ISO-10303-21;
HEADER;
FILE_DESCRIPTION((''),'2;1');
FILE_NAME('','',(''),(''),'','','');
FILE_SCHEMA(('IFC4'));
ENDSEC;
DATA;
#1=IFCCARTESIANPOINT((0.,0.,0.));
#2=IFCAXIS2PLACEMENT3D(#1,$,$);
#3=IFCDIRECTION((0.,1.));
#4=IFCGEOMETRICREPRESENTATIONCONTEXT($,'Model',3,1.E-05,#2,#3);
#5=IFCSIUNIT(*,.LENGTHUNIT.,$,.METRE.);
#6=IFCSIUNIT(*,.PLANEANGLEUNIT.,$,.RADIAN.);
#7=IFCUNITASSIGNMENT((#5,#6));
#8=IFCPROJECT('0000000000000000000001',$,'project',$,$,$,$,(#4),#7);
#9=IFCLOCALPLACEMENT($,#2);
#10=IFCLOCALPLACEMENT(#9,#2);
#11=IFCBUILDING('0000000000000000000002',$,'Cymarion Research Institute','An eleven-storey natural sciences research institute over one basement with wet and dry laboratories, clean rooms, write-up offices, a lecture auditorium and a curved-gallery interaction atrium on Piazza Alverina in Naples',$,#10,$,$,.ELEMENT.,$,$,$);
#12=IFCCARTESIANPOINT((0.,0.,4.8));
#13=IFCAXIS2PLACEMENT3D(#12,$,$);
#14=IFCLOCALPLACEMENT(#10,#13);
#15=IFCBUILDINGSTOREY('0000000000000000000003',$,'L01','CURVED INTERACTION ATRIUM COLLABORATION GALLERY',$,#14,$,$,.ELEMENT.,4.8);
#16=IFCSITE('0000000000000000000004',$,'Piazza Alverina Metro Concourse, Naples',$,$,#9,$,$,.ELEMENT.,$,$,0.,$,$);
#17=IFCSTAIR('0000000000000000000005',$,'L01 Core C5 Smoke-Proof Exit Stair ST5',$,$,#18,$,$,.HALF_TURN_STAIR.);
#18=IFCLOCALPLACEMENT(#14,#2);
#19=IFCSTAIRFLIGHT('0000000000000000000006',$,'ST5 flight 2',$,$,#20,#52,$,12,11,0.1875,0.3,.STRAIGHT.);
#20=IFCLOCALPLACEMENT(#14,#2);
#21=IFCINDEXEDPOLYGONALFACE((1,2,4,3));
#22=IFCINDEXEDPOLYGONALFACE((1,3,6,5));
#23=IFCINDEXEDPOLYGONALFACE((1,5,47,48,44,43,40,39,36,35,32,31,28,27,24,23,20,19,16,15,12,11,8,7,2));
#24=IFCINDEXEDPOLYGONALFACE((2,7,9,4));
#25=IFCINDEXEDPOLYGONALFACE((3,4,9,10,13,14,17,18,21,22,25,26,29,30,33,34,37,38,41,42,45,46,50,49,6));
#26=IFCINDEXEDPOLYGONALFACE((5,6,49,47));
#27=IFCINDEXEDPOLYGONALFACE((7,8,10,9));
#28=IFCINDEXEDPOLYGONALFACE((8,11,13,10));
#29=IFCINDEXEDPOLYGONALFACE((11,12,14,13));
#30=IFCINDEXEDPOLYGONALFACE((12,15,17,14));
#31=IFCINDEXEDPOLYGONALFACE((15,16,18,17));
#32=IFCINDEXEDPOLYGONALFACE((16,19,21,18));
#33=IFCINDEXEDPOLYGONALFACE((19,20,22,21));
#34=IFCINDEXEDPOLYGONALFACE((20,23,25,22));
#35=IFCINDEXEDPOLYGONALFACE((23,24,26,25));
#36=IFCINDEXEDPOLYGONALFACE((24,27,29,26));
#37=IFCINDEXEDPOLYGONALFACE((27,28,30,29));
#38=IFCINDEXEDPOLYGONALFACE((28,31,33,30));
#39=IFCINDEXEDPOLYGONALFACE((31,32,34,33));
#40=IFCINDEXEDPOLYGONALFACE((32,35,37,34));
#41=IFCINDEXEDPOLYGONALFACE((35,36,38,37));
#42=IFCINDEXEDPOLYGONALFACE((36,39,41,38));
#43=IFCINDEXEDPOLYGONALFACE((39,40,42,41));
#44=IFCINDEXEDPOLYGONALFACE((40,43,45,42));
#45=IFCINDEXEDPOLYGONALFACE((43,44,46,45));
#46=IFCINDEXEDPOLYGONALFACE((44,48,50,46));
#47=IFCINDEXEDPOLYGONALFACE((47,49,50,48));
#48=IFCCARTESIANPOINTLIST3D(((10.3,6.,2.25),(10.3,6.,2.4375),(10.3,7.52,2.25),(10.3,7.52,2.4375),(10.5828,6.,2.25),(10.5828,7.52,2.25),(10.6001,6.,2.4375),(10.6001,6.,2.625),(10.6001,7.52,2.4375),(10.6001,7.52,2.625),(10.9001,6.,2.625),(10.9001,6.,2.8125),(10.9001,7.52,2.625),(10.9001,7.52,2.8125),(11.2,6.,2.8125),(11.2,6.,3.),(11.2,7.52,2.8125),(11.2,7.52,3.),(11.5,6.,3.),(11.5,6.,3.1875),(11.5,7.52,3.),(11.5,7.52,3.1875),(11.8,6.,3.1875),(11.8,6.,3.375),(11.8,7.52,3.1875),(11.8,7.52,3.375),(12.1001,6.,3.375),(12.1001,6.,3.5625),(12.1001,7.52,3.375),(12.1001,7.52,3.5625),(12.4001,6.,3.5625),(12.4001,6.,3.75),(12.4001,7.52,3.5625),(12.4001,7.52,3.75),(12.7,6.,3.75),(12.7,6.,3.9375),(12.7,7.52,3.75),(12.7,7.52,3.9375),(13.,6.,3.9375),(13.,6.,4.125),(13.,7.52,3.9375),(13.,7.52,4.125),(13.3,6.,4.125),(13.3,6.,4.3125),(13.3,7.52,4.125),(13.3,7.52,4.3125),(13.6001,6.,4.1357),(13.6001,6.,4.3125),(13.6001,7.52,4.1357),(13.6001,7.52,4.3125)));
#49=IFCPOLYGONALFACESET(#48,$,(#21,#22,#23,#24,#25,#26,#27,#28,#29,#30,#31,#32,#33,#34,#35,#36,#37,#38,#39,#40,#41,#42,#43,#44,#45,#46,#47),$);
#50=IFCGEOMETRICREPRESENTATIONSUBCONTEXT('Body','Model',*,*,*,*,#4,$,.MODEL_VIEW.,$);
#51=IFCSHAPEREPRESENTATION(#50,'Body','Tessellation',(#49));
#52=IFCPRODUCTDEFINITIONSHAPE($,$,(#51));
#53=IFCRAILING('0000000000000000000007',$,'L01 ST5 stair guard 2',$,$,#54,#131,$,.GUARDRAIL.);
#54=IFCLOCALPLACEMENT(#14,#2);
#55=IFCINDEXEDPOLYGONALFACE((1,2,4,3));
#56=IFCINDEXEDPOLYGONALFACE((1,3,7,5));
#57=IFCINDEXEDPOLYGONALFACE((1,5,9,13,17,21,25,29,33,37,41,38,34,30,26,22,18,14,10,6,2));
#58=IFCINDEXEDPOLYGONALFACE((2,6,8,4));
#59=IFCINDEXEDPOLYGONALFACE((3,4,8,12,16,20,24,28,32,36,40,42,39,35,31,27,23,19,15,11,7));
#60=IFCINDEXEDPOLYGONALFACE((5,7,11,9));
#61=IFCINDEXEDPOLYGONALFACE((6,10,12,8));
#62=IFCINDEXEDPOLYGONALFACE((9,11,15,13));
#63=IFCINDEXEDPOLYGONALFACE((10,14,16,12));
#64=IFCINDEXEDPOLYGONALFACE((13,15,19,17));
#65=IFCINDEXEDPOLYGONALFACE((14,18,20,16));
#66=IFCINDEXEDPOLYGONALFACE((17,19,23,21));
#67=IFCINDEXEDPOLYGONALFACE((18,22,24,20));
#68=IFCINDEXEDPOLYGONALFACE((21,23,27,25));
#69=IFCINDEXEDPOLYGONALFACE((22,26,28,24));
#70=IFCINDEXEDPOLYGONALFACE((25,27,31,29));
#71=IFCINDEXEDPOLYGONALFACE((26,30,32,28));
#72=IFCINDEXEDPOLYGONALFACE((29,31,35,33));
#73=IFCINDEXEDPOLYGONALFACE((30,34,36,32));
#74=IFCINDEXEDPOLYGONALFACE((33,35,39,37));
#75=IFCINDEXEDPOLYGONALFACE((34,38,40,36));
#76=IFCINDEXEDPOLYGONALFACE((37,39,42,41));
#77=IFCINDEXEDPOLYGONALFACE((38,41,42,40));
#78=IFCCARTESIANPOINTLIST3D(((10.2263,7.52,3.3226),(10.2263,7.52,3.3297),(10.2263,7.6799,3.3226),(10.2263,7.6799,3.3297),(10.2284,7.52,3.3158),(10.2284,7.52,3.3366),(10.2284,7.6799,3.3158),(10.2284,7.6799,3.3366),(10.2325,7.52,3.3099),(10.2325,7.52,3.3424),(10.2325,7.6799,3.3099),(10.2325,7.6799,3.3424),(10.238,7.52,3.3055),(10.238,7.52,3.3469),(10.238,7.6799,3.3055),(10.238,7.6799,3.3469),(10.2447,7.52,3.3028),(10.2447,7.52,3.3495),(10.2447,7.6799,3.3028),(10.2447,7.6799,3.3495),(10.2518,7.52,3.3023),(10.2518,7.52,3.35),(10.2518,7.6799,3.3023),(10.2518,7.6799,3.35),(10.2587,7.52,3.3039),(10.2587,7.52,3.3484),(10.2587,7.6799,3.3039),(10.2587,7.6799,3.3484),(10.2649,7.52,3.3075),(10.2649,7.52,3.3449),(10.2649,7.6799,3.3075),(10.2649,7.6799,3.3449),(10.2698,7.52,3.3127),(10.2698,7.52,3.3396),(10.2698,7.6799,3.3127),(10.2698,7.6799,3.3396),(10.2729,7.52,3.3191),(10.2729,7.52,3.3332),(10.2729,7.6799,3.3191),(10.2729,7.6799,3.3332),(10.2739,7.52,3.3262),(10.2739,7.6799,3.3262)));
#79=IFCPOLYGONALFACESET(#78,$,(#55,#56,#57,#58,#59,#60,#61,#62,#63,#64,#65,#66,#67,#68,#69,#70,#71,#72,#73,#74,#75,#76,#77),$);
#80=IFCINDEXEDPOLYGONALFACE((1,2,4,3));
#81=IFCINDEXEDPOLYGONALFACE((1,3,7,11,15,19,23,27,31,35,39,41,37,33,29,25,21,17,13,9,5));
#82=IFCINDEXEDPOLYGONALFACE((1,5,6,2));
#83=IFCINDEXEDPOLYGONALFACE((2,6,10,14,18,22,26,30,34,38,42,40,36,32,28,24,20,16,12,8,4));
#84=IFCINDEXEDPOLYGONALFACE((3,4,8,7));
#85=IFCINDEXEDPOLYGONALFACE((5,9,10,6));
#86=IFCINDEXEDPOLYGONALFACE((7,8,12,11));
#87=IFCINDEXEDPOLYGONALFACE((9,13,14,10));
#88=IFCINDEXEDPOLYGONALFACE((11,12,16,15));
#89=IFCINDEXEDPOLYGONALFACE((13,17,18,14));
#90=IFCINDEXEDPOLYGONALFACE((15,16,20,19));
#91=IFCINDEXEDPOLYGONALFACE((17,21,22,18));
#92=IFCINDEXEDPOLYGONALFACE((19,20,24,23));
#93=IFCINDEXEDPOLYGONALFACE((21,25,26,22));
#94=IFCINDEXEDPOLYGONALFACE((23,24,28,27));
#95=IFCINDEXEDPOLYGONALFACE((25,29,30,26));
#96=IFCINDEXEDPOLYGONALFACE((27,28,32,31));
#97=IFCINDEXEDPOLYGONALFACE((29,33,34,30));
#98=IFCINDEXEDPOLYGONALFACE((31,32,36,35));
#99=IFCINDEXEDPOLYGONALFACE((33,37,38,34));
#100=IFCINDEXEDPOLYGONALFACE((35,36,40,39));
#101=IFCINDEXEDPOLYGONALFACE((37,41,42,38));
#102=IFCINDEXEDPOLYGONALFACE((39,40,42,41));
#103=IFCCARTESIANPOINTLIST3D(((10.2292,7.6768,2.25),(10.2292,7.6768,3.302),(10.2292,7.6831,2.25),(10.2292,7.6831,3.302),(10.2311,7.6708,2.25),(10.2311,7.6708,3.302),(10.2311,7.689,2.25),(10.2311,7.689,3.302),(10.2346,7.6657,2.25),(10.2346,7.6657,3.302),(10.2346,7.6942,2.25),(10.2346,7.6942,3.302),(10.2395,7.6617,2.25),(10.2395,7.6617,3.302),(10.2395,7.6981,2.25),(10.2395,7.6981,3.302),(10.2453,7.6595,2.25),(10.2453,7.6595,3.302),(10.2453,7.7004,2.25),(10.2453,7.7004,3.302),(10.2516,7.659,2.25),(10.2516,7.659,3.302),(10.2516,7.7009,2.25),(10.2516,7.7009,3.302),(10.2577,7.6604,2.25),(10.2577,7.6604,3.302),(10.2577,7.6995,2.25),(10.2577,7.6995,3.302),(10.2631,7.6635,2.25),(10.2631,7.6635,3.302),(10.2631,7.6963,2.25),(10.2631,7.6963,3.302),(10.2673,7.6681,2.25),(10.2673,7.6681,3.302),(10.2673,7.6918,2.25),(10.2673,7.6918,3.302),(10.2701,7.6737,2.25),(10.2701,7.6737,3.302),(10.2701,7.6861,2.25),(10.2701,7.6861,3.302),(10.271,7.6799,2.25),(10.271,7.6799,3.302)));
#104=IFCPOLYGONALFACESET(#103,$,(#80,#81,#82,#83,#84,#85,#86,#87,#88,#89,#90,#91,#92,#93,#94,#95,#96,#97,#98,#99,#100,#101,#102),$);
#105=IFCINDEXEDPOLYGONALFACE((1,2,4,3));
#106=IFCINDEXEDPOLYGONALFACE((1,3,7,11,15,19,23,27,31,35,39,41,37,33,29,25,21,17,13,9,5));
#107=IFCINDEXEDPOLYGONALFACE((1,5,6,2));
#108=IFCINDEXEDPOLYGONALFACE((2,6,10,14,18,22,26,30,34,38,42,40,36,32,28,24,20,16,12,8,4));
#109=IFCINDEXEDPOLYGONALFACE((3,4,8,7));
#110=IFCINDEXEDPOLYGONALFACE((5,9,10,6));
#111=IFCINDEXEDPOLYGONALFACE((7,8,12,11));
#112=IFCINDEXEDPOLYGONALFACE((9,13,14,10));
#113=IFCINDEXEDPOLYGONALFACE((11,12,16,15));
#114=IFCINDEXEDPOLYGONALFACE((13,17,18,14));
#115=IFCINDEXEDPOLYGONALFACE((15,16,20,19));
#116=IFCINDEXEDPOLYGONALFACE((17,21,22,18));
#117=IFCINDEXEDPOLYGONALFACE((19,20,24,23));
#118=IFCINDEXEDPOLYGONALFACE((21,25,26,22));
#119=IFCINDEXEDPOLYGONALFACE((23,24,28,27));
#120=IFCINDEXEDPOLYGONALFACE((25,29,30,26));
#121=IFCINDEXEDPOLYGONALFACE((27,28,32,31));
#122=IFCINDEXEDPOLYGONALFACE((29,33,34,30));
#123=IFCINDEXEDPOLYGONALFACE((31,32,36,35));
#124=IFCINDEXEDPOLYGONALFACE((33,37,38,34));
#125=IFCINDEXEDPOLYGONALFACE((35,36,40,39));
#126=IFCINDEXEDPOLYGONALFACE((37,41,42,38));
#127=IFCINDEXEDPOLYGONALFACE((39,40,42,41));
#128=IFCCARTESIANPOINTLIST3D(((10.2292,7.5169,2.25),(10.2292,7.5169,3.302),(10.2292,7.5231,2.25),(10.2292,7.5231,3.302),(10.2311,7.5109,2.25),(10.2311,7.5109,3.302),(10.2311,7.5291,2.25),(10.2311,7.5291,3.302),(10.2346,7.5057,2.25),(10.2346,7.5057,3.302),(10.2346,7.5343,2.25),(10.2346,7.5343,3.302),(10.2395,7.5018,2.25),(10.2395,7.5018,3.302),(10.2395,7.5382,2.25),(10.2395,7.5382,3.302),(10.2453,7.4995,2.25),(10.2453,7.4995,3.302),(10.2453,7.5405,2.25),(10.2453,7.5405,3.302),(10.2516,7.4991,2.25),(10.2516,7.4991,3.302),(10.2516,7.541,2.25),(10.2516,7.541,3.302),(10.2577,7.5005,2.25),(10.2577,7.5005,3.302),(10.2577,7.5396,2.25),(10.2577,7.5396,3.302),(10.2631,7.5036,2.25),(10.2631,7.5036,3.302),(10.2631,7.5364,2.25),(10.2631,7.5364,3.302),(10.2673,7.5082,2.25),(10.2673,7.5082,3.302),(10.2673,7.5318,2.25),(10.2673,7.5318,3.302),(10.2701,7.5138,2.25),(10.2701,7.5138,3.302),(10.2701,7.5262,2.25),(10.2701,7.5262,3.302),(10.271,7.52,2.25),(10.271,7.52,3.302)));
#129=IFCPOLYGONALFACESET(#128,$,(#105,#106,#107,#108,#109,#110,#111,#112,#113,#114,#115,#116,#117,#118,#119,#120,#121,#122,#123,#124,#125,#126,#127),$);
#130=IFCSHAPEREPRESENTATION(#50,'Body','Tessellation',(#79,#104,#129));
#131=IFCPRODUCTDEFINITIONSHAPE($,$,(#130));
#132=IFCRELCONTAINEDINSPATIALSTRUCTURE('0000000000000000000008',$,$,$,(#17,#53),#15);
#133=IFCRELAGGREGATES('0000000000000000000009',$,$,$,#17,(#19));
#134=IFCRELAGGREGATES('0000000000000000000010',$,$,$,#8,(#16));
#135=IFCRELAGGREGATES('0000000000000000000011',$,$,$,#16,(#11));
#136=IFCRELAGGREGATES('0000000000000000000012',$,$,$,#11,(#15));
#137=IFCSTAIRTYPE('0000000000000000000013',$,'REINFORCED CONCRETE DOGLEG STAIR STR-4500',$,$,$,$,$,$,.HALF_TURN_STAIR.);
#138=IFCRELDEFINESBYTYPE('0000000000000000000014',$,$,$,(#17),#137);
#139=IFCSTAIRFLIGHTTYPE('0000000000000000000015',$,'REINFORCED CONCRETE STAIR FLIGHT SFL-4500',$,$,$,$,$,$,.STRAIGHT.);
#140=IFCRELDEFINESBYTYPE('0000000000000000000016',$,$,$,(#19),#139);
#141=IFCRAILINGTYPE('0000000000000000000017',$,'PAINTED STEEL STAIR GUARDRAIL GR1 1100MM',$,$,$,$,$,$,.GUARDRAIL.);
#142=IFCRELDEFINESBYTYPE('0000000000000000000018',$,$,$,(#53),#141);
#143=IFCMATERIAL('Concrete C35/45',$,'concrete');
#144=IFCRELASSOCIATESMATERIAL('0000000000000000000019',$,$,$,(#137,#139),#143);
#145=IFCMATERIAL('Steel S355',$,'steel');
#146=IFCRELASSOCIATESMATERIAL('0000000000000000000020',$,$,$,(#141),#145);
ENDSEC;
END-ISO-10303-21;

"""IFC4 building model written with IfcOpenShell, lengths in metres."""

from ifc_helpers import new_model, si_unit, direction, frame, origin, origin_2d, place, context, subcontext, project, spatial, polyline, circle, outline, extrude, material, type_object, element, aggregate, save


model = new_model("IFC4")

# Units and contexts
model_context = context("Model", 3, precision=1e-05, world=origin(), true_north=direction((0.0, 1.0)))
body_context = subcontext(model_context, "Body", "Model", "MODEL_VIEW")
ifc_project = project(units=[si_unit("LENGTHUNIT", "METRE"), si_unit("PLANEANGLEUNIT", "RADIAN")], contexts=[model_context])

# Site, building, storey
site_placement = place(None, origin())
site = spatial("IfcSite", under=ifc_project, at=site_placement, Name="Piazza Alverina Metro Concourse, Naples", CompositionType="ELEMENT", RefElevation=0.0)
building_placement = place(site_placement, origin())
building = spatial("IfcBuilding", under=site, at=building_placement, Name="Cymarion Research Institute", Description="An eleven-storey natural sciences research institute over one basement with wet and dry laboratories, clean rooms, write-up offices, a lecture auditorium and a curved-gallery interaction atrium on Piazza Alverina in Naples", CompositionType="ELEMENT")
storey_placement = place(building_placement, frame((0.0, 0.0, 4.8)))
storey = spatial("IfcBuildingStorey", under=building, at=storey_placement, Name="L01", Description="CURVED INTERACTION ATRIUM COLLABORATION GALLERY", CompositionType="ELEMENT", Elevation=4.8)

# Shared definitions
ifc_material_1 = material(Name="Steel S355", Category="steel")

# Stair, stair flight
ifc_material_2 = material(Name="Concrete C35/45", Category="concrete")
stair_type = type_object("IfcStairType", Name="REINFORCED CONCRETE DOGLEG STAIR STR-4500", PredefinedType="HALF_TURN_STAIR", material=ifc_material_2)
stair_placement = place(storey_placement, origin())
stair = element("IfcStair", 1, at=stair_placement, inside=storey, type_object=stair_type, Name="L01 Core C5 Smoke-Proof Exit Stair ST5", PredefinedType="HALF_TURN_STAIR")
stair_flight_type = type_object("IfcStairFlightType", Name="REINFORCED CONCRETE STAIR FLIGHT SFL-4500", PredefinedType="STRAIGHT", material=ifc_material_2)
stair_flight_placement = place(storey_placement, frame((10.3, 6.76, 2.25), z_axis=(0.0, 0.0, 1.0), x_axis=(1.0, 0.0, 0.0)))
stair_flight = element("IfcStairFlight", 2, at=stair_flight_placement, type_object=stair_flight_type, Name="ST5 flight 2", NumberOfRisers=12, NumberOfTreads=11, PredefinedType="STRAIGHT", RiserHeight=0.1875, TreadLength=0.3, context=body_context, shape_type="SweptSolid", body=[
    extrude(outline(polyline([(0.0, 0.0), (0.0, 0.1875), (0.3, 0.1875), (0.3, 0.375), (0.6001, 0.375), (0.6001, 0.5625), (0.8999, 0.5625), (0.8999, 0.75), (1.2, 0.75), (1.2, 0.9375), (1.5, 0.9375), (1.5, 1.125), (1.8, 1.125), (1.8, 1.3125), (2.1001, 1.3125), (2.1001, 1.5), (2.3999, 1.5), (2.3999, 1.6875), (2.7, 1.6875), (2.7, 1.875), (3.0, 1.875), (3.0, 2.0625), (3.3, 2.0625), (3.3, 2.25), (3.3, 1.8857), (0.2827, 0.0), (0.0, 0.0)])), frame((0.0, 0.76, 0.0), z_axis=(0.0, -1.0, 0.0), x_axis=(1.0, 0.0, 0.0)), (0.0, 0.0, 1.0), 1.52),
])
aggregate(stair, [stair_flight])

# Railing
railing_type_1 = type_object("IfcRailingType", Name="PAINTED STEEL STAIR GUARDRAIL GR1 1100MM", PredefinedType="GUARDRAIL", material=ifc_material_1)
railing_1_placement = place(storey_placement, frame((10.25, 7.6799, 2.25)))
element("IfcRailing", 3, at=railing_1_placement, inside=storey, type_object=railing_type_1, Name="L01 ST5 stair guard 2", PredefinedType="GUARDRAIL", context=body_context, shape_type="SweptSolid", body=[
    extrude(circle(Radius=0.0239, at=origin_2d()), frame((0.0, 0.0, 1.0762), z_axis=(0.0, -1.0, 0.0), x_axis=(1.0, 0.0, 0.0)), (0.0, 0.0, 1.0), 0.1599),
    extrude(circle(Radius=0.021, at=origin_2d()), origin(), (0.0, 0.0, 1.0), 1.052),
    extrude(circle(Radius=0.021, at=origin_2d()), frame((0.0, -0.1599, 0.0)), (0.0, 0.0, 1.0), 1.052),
])

save(model, "model.ifc")
